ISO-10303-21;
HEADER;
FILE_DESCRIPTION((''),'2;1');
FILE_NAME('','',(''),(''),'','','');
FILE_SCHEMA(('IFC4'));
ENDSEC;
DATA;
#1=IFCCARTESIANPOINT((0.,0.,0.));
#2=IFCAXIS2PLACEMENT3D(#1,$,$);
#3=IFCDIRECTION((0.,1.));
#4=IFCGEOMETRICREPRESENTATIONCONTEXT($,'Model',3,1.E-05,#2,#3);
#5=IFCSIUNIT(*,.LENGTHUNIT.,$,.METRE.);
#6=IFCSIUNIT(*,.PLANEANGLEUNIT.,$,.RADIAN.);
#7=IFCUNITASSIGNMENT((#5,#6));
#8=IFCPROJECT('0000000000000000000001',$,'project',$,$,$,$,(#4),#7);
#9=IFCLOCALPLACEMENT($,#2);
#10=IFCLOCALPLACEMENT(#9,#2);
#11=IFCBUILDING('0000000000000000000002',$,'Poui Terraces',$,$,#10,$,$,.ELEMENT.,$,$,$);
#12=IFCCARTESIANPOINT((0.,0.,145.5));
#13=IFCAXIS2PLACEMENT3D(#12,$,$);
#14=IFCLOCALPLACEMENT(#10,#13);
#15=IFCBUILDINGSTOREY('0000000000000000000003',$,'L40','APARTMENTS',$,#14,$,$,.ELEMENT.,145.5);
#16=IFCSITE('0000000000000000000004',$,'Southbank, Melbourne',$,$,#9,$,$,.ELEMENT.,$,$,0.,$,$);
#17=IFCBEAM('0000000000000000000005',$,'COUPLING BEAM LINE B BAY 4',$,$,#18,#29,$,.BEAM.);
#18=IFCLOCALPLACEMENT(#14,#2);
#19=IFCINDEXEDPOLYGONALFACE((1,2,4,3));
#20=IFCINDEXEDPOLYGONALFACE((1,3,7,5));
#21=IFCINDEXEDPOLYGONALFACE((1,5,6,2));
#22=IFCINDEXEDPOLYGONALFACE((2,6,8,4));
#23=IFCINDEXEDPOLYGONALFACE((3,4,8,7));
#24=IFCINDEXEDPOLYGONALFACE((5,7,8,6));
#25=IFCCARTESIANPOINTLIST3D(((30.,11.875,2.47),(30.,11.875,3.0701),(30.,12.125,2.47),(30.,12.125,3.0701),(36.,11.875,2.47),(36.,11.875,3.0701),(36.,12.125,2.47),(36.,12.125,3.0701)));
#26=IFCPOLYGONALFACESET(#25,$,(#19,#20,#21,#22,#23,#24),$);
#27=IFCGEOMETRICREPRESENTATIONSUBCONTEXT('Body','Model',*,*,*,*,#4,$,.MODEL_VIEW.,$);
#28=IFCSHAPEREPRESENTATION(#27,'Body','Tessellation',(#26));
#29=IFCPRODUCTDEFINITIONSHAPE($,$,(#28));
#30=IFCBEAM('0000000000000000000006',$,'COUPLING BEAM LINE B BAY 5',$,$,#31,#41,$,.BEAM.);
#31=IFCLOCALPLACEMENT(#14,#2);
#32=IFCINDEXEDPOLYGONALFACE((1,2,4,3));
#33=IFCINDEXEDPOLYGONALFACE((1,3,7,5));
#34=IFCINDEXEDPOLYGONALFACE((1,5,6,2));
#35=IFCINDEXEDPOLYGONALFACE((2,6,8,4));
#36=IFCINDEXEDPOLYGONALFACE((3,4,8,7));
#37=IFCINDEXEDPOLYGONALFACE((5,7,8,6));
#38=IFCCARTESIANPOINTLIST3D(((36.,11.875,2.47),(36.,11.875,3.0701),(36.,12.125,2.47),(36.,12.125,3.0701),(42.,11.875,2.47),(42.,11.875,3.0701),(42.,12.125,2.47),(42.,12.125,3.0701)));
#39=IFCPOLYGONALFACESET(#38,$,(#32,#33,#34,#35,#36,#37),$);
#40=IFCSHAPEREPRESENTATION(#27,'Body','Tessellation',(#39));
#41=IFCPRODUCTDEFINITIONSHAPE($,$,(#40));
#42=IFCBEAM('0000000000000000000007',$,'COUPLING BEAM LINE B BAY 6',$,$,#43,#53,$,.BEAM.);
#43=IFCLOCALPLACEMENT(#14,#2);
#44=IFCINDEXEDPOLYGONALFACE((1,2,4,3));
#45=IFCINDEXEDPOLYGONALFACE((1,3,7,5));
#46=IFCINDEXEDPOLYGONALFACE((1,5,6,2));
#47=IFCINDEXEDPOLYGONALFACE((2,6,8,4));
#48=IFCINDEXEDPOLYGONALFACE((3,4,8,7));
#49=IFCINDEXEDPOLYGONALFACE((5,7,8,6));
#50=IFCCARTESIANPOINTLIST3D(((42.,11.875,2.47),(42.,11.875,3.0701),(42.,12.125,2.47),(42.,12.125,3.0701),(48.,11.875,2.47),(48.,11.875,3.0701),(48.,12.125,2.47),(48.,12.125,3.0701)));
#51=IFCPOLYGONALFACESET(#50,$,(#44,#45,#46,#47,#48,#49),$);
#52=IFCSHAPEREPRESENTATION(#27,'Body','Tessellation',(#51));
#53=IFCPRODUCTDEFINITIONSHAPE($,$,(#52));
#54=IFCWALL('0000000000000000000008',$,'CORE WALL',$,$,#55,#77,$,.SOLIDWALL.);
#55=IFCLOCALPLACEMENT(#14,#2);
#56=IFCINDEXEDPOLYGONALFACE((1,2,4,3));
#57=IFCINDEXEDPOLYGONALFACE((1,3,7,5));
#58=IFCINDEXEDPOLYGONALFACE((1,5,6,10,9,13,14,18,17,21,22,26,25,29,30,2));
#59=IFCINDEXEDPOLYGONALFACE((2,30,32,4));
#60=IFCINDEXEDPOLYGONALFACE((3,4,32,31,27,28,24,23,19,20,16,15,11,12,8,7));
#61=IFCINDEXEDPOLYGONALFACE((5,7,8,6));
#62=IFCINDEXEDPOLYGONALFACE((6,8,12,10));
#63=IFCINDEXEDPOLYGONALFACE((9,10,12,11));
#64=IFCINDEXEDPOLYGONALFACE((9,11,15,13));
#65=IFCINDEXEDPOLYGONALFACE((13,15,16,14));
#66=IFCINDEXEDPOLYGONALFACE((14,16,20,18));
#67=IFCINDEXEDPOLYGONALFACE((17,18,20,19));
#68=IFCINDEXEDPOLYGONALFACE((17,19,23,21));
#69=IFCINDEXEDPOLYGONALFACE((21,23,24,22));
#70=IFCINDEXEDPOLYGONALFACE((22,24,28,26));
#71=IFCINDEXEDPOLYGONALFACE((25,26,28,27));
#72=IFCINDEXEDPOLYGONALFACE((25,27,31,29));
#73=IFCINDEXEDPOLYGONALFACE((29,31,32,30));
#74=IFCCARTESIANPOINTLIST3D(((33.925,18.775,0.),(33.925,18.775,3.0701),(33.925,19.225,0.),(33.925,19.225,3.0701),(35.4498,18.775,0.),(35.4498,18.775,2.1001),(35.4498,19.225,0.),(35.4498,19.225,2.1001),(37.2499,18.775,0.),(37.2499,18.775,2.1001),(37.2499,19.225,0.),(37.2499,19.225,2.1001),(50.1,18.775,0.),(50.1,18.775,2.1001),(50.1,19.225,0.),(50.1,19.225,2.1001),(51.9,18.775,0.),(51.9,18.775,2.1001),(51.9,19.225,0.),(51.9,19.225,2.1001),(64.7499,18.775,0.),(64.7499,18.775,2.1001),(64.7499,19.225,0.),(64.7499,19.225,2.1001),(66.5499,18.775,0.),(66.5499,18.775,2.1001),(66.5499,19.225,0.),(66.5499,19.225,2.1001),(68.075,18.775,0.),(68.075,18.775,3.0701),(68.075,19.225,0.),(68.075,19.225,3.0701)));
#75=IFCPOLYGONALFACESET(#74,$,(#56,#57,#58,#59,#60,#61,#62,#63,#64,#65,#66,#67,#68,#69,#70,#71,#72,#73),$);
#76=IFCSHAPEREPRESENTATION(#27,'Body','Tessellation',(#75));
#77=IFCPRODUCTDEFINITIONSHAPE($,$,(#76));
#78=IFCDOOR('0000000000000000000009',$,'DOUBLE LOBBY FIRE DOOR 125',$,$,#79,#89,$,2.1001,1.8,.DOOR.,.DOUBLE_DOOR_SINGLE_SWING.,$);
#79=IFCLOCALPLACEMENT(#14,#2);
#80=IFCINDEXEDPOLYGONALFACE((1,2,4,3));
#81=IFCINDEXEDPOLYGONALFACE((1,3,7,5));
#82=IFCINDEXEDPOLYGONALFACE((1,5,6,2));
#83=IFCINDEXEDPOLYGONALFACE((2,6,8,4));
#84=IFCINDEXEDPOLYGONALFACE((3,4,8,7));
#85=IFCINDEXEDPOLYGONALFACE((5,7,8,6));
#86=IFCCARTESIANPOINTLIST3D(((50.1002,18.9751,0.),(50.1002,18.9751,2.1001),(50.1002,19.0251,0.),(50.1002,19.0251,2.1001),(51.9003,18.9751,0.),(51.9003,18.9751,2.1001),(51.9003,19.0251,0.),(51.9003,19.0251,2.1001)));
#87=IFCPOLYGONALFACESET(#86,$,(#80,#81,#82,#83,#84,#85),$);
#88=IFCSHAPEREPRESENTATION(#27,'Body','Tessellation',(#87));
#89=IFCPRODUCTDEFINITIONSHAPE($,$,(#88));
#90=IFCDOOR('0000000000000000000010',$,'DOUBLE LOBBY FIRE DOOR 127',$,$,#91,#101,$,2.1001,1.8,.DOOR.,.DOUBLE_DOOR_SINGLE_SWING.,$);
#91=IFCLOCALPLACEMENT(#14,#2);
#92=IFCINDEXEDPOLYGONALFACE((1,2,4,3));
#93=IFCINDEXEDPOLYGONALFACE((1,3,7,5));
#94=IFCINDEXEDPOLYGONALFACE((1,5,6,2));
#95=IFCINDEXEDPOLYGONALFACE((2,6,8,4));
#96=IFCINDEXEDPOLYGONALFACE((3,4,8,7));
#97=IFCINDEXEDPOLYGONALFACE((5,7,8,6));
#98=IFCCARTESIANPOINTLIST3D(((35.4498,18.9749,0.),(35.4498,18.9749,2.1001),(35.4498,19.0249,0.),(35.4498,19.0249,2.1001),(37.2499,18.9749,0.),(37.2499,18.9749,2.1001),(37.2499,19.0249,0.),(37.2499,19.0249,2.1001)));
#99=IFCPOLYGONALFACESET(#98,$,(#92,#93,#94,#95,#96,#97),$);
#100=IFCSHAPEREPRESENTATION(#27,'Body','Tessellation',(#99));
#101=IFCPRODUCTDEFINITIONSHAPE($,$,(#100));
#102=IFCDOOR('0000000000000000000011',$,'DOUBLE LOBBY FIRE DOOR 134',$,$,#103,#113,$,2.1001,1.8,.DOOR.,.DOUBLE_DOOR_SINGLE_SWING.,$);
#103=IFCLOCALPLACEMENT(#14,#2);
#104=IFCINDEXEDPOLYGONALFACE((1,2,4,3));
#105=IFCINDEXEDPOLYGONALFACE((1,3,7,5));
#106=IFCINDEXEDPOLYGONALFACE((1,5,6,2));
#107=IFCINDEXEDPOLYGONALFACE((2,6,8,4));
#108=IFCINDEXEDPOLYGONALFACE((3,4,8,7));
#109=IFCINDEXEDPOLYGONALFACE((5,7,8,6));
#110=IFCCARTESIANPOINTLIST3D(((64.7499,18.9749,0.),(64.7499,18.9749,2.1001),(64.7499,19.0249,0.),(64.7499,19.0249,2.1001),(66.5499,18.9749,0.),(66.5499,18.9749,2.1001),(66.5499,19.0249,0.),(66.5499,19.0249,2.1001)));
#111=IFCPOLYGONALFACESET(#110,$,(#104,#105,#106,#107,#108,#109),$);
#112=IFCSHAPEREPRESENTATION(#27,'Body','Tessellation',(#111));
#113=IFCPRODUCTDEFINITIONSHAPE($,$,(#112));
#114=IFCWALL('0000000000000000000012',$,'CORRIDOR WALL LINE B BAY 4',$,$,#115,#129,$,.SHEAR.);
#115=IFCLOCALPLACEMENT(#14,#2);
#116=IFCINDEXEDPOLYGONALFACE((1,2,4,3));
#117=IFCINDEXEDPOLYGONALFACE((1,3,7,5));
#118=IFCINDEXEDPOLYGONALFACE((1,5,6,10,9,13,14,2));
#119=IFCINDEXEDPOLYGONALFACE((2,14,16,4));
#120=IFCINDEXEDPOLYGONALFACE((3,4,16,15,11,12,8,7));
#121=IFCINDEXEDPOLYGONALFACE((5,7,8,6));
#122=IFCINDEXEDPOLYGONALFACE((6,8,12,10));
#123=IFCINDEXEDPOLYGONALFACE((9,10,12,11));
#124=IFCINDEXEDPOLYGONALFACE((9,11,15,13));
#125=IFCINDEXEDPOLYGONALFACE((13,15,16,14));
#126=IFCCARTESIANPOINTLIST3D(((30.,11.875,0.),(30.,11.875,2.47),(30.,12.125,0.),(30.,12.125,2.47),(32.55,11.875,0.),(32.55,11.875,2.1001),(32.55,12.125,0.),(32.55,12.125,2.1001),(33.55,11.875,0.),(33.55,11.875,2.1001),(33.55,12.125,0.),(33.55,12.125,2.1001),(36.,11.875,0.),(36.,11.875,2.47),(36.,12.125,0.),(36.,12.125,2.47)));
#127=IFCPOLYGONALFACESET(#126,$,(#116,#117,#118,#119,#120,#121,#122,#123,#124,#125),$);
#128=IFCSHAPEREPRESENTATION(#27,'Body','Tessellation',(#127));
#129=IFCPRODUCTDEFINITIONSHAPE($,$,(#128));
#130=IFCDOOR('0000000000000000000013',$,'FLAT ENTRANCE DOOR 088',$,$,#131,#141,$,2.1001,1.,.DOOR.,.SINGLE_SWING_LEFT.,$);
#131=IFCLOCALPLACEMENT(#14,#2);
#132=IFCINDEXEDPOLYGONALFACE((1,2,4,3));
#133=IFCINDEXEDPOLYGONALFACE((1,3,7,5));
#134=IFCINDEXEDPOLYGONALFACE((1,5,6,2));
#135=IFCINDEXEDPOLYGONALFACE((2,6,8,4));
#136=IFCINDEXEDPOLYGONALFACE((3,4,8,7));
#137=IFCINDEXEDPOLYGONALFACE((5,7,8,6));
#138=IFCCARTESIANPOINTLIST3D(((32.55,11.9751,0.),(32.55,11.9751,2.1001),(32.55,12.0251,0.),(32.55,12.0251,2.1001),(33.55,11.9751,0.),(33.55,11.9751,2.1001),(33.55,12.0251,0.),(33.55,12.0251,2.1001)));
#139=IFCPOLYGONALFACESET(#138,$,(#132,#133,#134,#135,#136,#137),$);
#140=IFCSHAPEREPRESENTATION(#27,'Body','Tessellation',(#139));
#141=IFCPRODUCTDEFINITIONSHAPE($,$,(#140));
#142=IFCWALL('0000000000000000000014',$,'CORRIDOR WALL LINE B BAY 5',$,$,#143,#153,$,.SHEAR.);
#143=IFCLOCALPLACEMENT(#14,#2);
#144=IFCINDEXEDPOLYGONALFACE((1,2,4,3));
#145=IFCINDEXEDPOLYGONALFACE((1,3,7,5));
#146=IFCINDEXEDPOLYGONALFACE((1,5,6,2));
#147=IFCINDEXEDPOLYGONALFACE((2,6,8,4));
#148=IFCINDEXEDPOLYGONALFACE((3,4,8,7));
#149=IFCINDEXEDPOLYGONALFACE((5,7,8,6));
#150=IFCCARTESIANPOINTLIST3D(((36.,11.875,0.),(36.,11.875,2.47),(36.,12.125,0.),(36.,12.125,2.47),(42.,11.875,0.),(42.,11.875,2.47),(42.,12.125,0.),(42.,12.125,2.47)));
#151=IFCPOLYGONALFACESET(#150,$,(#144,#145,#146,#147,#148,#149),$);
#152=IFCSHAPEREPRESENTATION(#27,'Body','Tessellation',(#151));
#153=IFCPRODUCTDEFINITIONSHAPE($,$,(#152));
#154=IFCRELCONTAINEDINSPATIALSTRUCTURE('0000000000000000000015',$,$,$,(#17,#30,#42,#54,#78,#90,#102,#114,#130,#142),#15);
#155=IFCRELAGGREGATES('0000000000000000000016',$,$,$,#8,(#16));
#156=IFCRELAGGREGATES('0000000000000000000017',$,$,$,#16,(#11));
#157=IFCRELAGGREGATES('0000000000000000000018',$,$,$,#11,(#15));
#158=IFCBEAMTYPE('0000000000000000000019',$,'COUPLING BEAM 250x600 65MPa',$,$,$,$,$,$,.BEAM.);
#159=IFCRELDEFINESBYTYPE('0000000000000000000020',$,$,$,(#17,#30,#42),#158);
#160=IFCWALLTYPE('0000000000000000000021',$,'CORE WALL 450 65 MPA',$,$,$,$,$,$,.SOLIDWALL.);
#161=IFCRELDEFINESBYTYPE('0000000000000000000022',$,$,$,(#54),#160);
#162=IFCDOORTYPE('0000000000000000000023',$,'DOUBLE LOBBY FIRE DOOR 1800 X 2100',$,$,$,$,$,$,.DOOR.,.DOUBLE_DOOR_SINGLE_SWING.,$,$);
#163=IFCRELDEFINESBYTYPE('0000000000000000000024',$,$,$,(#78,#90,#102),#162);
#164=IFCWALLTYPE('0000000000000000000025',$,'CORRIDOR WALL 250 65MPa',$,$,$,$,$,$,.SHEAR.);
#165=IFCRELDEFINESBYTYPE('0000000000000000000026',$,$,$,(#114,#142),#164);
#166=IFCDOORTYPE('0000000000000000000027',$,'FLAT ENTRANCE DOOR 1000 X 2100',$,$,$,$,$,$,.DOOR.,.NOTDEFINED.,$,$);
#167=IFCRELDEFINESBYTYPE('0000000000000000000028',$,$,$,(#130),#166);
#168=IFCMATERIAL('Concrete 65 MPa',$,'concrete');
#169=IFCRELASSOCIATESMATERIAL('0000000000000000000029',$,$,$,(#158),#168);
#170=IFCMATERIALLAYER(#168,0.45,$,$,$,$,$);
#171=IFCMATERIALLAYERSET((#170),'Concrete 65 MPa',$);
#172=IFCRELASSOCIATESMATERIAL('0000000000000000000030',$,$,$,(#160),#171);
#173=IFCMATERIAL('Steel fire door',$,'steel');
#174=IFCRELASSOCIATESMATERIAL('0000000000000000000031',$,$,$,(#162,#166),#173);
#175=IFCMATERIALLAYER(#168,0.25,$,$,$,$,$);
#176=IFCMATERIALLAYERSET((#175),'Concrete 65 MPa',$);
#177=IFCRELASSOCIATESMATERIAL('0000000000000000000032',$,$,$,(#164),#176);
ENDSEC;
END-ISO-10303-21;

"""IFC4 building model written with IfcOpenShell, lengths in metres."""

from ifc_helpers import new_model, si_unit, direction, frame, frame_2d, origin, origin_2d, place, context, subcontext, project, spatial, rectangle, extrude, source, transform, mapped, material, layer, layer_set, material_profile, profile_set, type_object, element, fill, save


model = new_model("IFC4")

# Units and contexts
model_context = context("Model", 3, precision=1e-05, world=origin(), true_north=direction((0.0, 1.0)))
body_context = subcontext(model_context, "Body", "Model", "MODEL_VIEW")
ifc_project = project(units=[si_unit("LENGTHUNIT", "METRE"), si_unit("PLANEANGLEUNIT", "RADIAN")], contexts=[model_context])

# Site, building, storey
site_placement = place(None, origin())
site = spatial("IfcSite", under=ifc_project, at=site_placement, Name="Southbank, Melbourne", CompositionType="ELEMENT", RefElevation=0.0)
building_placement = place(site_placement, origin())
building = spatial("IfcBuilding", under=site, at=building_placement, Name="Poui Terraces", CompositionType="ELEMENT")
storey_placement = place(building_placement, frame((0.0, 0.0, 145.5)))
storey = spatial("IfcBuildingStorey", under=building, at=storey_placement, Name="L40", Description="APARTMENTS", CompositionType="ELEMENT", Elevation=145.5)

# Beams
ifc_material_1 = material(Name="Concrete 65 MPa", Category="concrete")
ifc_material_profile = material_profile(ifc_material_1, rectangle(XDim=0.25, YDim=0.6001, at=origin_2d()), Name="RC 250x600")
ifc_profile_set = profile_set([ifc_material_profile], Name="Concrete 65 MPa")
beam_type = type_object("IfcBeamType", Name="COUPLING BEAM 250x600 65MPa", PredefinedType="BEAM", material=ifc_profile_set)
shared_shape = source(origin(), body_context, "Body", "SweptSolid", [
    extrude(rectangle(XDim=0.25, YDim=0.6001, at=origin_2d()), origin(), (0.0, 0.0, 1.0), 6.0),
])
for number, where, z_axis, x_axis, name in (
    (1, (30.0, 12.0, 2.77), (1.0, 0.0, 0.0), (0.0, 1.0, 0.0), "COUPLING BEAM LINE B BAY 4"),
    (2, (36.0, 12.0, 2.77), (1.0, 0.0, 0.0), (0.0, 1.0, 0.0), "COUPLING BEAM LINE B BAY 5"),
    (3, (42.0, 12.0, 2.77), (1.0, 0.0, 0.0), (0.0, 1.0, 0.0), "COUPLING BEAM LINE B BAY 6"),
):
    element("IfcBeam", number, at=place(storey_placement, frame(where, z_axis=z_axis, x_axis=x_axis)), inside=storey, type_object=beam_type, Name=name, PredefinedType="BEAM", context=body_context, shape_type="MappedRepresentation", body=[
        mapped(shared_shape, transform((0.0, 0.0, 0.0))),
    ])

# Wall, openings, doors
ifc_layer_1 = layer(ifc_material_1, 0.45)
ifc_layer_set_1 = layer_set([ifc_layer_1], Name="Concrete 65 MPa")
wall_type_1 = type_object("IfcWallType", Name="CORE WALL 450 65 MPA", PredefinedType="SOLIDWALL", material=ifc_layer_set_1)
wall_1_placement = place(storey_placement, frame((33.925, 19.0, 0.0), z_axis=(0.0, 0.0, 1.0), x_axis=(1.0, 0.0, 0.0)))
wall_1 = element("IfcWall", 4, at=wall_1_placement, inside=storey, type_object=wall_type_1, Name="CORE WALL", PredefinedType="SOLIDWALL", context=body_context, shape_type="SweptSolid", body=[
    extrude(rectangle(XDim=34.1499, YDim=0.45, at=frame_2d((17.075, 0.0))), origin(), (0.0, 0.0, 1.0), 3.0701),
])
opening_1_placement = place(wall_1_placement, frame((16.175, 0.0, 0.0)))
opening_1 = element("IfcOpeningElement", 5, at=opening_1_placement, cuts=wall_1, PredefinedType="OPENING", context=body_context, shape_type="SweptSolid", body=[
    extrude(rectangle(XDim=1.8, YDim=2.1001, at=frame_2d((0.8999, 1.05))), frame((0.0, 0.2349, 0.0), z_axis=(0.0, -1.0, 0.0), x_axis=(1.0, 0.0, 0.0)), (0.0, 0.0, 1.0), 0.47),
])
opening_2_placement = place(wall_1_placement, frame((1.5249, 0.0, 0.0)))
opening_2 = element("IfcOpeningElement", 6, at=opening_2_placement, cuts=wall_1, PredefinedType="OPENING", context=body_context, shape_type="SweptSolid", body=[
    extrude(rectangle(XDim=1.8, YDim=2.1001, at=frame_2d((0.8999, 1.05))), frame((0.0, 0.2349, 0.0), z_axis=(0.0, -1.0, 0.0), x_axis=(1.0, 0.0, 0.0)), (0.0, 0.0, 1.0), 0.47),
])
opening_3_placement = place(wall_1_placement, frame((30.825, 0.0, 0.0)))
opening_3 = element("IfcOpeningElement", 7, at=opening_3_placement, cuts=wall_1, PredefinedType="OPENING", context=body_context, shape_type="SweptSolid", body=[
    extrude(rectangle(XDim=1.8, YDim=2.1001, at=frame_2d((0.8999, 1.05))), frame((0.0, 0.2349, 0.0), z_axis=(0.0, -1.0, 0.0), x_axis=(1.0, 0.0, 0.0)), (0.0, 0.0, 1.0), 0.47),
])
ifc_material_2 = material(Name="Steel fire door", Category="steel")
door_type_1 = type_object("IfcDoorType", Name="DOUBLE LOBBY FIRE DOOR 1800 X 2100", OperationType="DOUBLE_DOOR_SINGLE_SWING", PredefinedType="DOOR", material=ifc_material_2)
door_1_placement = place(opening_1_placement, frame((1.8, 0.0, 0.0), z_axis=(0.0, 0.0, 1.0), x_axis=(-1.0, 0.0, 0.0)))
door_1 = element("IfcDoor", 8, at=door_1_placement, inside=storey, type_object=door_type_1, Name="DOUBLE LOBBY FIRE DOOR 125", OperationType="DOUBLE_DOOR_SINGLE_SWING", OverallHeight=2.1001, OverallWidth=1.8, PredefinedType="DOOR", context=body_context, shape_type="SweptSolid", body=[
    extrude(rectangle(XDim=1.8, YDim=2.1001, at=frame_2d((0.8999, 1.05))), frame((0.0, 0.0249, 0.0), z_axis=(0.0, -1.0, 0.0), x_axis=(1.0, 0.0, 0.0)), (0.0, 0.0, 1.0), 0.05),
])
fill(opening_1, door_1)
door_2_placement = place(opening_2_placement, origin())
door_2 = element("IfcDoor", 9, at=door_2_placement, inside=storey, type_object=door_type_1, Name="DOUBLE LOBBY FIRE DOOR 127", OperationType="DOUBLE_DOOR_SINGLE_SWING", OverallHeight=2.1001, OverallWidth=1.8, PredefinedType="DOOR", context=body_context, shape_type="SweptSolid", body=[
    extrude(rectangle(XDim=1.8, YDim=2.1001, at=frame_2d((0.8999, 1.05))), frame((0.0, 0.0249, 0.0), z_axis=(0.0, -1.0, 0.0), x_axis=(1.0, 0.0, 0.0)), (0.0, 0.0, 1.0), 0.05),
])
fill(opening_2, door_2)
door_3_placement = place(opening_3_placement, origin())
door_3 = element("IfcDoor", 10, at=door_3_placement, inside=storey, type_object=door_type_1, Name="DOUBLE LOBBY FIRE DOOR 134", OperationType="DOUBLE_DOOR_SINGLE_SWING", OverallHeight=2.1001, OverallWidth=1.8, PredefinedType="DOOR", context=body_context, shape_type="SweptSolid", body=[
    extrude(rectangle(XDim=1.8, YDim=2.1001, at=frame_2d((0.8999, 1.05))), frame((0.0, 0.0249, 0.0), z_axis=(0.0, -1.0, 0.0), x_axis=(1.0, 0.0, 0.0)), (0.0, 0.0, 1.0), 0.05),
])
fill(opening_3, door_3)

# Wall, opening, door
ifc_layer_2 = layer(ifc_material_1, 0.25)
ifc_layer_set_2 = layer_set([ifc_layer_2], Name="Concrete 65 MPa")
wall_type_2 = type_object("IfcWallType", Name="CORRIDOR WALL 250 65MPa", PredefinedType="SHEAR", material=ifc_layer_set_2)
wall_2_placement = place(storey_placement, frame((30.0, 12.0, 0.0), z_axis=(0.0, 0.0, 1.0), x_axis=(1.0, 0.0, 0.0)))
wall_2 = element("IfcWall", 11, at=wall_2_placement, inside=storey, type_object=wall_type_2, Name="CORRIDOR WALL LINE B BAY 4", PredefinedType="SHEAR", context=body_context, shape_type="SweptSolid", body=[
    extrude(rectangle(XDim=6.0, YDim=0.25, at=frame_2d((3.0, 0.0))), origin(), (0.0, 0.0, 1.0), 2.47),
])
opening_4_placement = place(wall_2_placement, frame((2.55, 0.0, 0.0)))
opening_4 = element("IfcOpeningElement", 12, at=opening_4_placement, cuts=wall_2, PredefinedType="OPENING", context=body_context, shape_type="SweptSolid", body=[
    extrude(rectangle(XDim=1.0, YDim=2.1001, at=frame_2d((0.5, 1.05))), frame((0.0, 0.135, 0.0), z_axis=(0.0, -1.0, 0.0), x_axis=(1.0, 0.0, 0.0)), (0.0, 0.0, 1.0), 0.27),
])
door_type_2 = type_object("IfcDoorType", Name="FLAT ENTRANCE DOOR 1000 X 2100", OperationType="NOTDEFINED", PredefinedType="DOOR", material=ifc_material_2)
door_4_placement = place(opening_4_placement, frame((1.0, 0.0, 0.0), z_axis=(0.0, 0.0, 1.0), x_axis=(-1.0, 0.0, 0.0)))
door_4 = element("IfcDoor", 13, at=door_4_placement, inside=storey, type_object=door_type_2, Name="FLAT ENTRANCE DOOR 088", OperationType="SINGLE_SWING_LEFT", OverallHeight=2.1001, OverallWidth=1.0, PredefinedType="DOOR", context=body_context, shape_type="SweptSolid", body=[
    extrude(rectangle(XDim=1.0, YDim=2.1001, at=frame_2d((0.5, 1.05))), frame((0.0, 0.0249, 0.0), z_axis=(0.0, -1.0, 0.0), x_axis=(1.0, 0.0, 0.0)), (0.0, 0.0, 1.0), 0.05),
])
fill(opening_4, door_4)

# Wall
wall_3_placement = place(storey_placement, frame((36.0, 12.0, 0.0), z_axis=(0.0, 0.0, 1.0), x_axis=(1.0, 0.0, 0.0)))
element("IfcWall", 14, at=wall_3_placement, inside=storey, type_object=wall_type_2, Name="CORRIDOR WALL LINE B BAY 5", PredefinedType="SHEAR", context=body_context, shape_type="SweptSolid", body=[
    extrude(rectangle(XDim=6.0, YDim=0.25, at=frame_2d((3.0, 0.0))), origin(), (0.0, 0.0, 1.0), 2.47),
])

save(model, "model.ifc")
